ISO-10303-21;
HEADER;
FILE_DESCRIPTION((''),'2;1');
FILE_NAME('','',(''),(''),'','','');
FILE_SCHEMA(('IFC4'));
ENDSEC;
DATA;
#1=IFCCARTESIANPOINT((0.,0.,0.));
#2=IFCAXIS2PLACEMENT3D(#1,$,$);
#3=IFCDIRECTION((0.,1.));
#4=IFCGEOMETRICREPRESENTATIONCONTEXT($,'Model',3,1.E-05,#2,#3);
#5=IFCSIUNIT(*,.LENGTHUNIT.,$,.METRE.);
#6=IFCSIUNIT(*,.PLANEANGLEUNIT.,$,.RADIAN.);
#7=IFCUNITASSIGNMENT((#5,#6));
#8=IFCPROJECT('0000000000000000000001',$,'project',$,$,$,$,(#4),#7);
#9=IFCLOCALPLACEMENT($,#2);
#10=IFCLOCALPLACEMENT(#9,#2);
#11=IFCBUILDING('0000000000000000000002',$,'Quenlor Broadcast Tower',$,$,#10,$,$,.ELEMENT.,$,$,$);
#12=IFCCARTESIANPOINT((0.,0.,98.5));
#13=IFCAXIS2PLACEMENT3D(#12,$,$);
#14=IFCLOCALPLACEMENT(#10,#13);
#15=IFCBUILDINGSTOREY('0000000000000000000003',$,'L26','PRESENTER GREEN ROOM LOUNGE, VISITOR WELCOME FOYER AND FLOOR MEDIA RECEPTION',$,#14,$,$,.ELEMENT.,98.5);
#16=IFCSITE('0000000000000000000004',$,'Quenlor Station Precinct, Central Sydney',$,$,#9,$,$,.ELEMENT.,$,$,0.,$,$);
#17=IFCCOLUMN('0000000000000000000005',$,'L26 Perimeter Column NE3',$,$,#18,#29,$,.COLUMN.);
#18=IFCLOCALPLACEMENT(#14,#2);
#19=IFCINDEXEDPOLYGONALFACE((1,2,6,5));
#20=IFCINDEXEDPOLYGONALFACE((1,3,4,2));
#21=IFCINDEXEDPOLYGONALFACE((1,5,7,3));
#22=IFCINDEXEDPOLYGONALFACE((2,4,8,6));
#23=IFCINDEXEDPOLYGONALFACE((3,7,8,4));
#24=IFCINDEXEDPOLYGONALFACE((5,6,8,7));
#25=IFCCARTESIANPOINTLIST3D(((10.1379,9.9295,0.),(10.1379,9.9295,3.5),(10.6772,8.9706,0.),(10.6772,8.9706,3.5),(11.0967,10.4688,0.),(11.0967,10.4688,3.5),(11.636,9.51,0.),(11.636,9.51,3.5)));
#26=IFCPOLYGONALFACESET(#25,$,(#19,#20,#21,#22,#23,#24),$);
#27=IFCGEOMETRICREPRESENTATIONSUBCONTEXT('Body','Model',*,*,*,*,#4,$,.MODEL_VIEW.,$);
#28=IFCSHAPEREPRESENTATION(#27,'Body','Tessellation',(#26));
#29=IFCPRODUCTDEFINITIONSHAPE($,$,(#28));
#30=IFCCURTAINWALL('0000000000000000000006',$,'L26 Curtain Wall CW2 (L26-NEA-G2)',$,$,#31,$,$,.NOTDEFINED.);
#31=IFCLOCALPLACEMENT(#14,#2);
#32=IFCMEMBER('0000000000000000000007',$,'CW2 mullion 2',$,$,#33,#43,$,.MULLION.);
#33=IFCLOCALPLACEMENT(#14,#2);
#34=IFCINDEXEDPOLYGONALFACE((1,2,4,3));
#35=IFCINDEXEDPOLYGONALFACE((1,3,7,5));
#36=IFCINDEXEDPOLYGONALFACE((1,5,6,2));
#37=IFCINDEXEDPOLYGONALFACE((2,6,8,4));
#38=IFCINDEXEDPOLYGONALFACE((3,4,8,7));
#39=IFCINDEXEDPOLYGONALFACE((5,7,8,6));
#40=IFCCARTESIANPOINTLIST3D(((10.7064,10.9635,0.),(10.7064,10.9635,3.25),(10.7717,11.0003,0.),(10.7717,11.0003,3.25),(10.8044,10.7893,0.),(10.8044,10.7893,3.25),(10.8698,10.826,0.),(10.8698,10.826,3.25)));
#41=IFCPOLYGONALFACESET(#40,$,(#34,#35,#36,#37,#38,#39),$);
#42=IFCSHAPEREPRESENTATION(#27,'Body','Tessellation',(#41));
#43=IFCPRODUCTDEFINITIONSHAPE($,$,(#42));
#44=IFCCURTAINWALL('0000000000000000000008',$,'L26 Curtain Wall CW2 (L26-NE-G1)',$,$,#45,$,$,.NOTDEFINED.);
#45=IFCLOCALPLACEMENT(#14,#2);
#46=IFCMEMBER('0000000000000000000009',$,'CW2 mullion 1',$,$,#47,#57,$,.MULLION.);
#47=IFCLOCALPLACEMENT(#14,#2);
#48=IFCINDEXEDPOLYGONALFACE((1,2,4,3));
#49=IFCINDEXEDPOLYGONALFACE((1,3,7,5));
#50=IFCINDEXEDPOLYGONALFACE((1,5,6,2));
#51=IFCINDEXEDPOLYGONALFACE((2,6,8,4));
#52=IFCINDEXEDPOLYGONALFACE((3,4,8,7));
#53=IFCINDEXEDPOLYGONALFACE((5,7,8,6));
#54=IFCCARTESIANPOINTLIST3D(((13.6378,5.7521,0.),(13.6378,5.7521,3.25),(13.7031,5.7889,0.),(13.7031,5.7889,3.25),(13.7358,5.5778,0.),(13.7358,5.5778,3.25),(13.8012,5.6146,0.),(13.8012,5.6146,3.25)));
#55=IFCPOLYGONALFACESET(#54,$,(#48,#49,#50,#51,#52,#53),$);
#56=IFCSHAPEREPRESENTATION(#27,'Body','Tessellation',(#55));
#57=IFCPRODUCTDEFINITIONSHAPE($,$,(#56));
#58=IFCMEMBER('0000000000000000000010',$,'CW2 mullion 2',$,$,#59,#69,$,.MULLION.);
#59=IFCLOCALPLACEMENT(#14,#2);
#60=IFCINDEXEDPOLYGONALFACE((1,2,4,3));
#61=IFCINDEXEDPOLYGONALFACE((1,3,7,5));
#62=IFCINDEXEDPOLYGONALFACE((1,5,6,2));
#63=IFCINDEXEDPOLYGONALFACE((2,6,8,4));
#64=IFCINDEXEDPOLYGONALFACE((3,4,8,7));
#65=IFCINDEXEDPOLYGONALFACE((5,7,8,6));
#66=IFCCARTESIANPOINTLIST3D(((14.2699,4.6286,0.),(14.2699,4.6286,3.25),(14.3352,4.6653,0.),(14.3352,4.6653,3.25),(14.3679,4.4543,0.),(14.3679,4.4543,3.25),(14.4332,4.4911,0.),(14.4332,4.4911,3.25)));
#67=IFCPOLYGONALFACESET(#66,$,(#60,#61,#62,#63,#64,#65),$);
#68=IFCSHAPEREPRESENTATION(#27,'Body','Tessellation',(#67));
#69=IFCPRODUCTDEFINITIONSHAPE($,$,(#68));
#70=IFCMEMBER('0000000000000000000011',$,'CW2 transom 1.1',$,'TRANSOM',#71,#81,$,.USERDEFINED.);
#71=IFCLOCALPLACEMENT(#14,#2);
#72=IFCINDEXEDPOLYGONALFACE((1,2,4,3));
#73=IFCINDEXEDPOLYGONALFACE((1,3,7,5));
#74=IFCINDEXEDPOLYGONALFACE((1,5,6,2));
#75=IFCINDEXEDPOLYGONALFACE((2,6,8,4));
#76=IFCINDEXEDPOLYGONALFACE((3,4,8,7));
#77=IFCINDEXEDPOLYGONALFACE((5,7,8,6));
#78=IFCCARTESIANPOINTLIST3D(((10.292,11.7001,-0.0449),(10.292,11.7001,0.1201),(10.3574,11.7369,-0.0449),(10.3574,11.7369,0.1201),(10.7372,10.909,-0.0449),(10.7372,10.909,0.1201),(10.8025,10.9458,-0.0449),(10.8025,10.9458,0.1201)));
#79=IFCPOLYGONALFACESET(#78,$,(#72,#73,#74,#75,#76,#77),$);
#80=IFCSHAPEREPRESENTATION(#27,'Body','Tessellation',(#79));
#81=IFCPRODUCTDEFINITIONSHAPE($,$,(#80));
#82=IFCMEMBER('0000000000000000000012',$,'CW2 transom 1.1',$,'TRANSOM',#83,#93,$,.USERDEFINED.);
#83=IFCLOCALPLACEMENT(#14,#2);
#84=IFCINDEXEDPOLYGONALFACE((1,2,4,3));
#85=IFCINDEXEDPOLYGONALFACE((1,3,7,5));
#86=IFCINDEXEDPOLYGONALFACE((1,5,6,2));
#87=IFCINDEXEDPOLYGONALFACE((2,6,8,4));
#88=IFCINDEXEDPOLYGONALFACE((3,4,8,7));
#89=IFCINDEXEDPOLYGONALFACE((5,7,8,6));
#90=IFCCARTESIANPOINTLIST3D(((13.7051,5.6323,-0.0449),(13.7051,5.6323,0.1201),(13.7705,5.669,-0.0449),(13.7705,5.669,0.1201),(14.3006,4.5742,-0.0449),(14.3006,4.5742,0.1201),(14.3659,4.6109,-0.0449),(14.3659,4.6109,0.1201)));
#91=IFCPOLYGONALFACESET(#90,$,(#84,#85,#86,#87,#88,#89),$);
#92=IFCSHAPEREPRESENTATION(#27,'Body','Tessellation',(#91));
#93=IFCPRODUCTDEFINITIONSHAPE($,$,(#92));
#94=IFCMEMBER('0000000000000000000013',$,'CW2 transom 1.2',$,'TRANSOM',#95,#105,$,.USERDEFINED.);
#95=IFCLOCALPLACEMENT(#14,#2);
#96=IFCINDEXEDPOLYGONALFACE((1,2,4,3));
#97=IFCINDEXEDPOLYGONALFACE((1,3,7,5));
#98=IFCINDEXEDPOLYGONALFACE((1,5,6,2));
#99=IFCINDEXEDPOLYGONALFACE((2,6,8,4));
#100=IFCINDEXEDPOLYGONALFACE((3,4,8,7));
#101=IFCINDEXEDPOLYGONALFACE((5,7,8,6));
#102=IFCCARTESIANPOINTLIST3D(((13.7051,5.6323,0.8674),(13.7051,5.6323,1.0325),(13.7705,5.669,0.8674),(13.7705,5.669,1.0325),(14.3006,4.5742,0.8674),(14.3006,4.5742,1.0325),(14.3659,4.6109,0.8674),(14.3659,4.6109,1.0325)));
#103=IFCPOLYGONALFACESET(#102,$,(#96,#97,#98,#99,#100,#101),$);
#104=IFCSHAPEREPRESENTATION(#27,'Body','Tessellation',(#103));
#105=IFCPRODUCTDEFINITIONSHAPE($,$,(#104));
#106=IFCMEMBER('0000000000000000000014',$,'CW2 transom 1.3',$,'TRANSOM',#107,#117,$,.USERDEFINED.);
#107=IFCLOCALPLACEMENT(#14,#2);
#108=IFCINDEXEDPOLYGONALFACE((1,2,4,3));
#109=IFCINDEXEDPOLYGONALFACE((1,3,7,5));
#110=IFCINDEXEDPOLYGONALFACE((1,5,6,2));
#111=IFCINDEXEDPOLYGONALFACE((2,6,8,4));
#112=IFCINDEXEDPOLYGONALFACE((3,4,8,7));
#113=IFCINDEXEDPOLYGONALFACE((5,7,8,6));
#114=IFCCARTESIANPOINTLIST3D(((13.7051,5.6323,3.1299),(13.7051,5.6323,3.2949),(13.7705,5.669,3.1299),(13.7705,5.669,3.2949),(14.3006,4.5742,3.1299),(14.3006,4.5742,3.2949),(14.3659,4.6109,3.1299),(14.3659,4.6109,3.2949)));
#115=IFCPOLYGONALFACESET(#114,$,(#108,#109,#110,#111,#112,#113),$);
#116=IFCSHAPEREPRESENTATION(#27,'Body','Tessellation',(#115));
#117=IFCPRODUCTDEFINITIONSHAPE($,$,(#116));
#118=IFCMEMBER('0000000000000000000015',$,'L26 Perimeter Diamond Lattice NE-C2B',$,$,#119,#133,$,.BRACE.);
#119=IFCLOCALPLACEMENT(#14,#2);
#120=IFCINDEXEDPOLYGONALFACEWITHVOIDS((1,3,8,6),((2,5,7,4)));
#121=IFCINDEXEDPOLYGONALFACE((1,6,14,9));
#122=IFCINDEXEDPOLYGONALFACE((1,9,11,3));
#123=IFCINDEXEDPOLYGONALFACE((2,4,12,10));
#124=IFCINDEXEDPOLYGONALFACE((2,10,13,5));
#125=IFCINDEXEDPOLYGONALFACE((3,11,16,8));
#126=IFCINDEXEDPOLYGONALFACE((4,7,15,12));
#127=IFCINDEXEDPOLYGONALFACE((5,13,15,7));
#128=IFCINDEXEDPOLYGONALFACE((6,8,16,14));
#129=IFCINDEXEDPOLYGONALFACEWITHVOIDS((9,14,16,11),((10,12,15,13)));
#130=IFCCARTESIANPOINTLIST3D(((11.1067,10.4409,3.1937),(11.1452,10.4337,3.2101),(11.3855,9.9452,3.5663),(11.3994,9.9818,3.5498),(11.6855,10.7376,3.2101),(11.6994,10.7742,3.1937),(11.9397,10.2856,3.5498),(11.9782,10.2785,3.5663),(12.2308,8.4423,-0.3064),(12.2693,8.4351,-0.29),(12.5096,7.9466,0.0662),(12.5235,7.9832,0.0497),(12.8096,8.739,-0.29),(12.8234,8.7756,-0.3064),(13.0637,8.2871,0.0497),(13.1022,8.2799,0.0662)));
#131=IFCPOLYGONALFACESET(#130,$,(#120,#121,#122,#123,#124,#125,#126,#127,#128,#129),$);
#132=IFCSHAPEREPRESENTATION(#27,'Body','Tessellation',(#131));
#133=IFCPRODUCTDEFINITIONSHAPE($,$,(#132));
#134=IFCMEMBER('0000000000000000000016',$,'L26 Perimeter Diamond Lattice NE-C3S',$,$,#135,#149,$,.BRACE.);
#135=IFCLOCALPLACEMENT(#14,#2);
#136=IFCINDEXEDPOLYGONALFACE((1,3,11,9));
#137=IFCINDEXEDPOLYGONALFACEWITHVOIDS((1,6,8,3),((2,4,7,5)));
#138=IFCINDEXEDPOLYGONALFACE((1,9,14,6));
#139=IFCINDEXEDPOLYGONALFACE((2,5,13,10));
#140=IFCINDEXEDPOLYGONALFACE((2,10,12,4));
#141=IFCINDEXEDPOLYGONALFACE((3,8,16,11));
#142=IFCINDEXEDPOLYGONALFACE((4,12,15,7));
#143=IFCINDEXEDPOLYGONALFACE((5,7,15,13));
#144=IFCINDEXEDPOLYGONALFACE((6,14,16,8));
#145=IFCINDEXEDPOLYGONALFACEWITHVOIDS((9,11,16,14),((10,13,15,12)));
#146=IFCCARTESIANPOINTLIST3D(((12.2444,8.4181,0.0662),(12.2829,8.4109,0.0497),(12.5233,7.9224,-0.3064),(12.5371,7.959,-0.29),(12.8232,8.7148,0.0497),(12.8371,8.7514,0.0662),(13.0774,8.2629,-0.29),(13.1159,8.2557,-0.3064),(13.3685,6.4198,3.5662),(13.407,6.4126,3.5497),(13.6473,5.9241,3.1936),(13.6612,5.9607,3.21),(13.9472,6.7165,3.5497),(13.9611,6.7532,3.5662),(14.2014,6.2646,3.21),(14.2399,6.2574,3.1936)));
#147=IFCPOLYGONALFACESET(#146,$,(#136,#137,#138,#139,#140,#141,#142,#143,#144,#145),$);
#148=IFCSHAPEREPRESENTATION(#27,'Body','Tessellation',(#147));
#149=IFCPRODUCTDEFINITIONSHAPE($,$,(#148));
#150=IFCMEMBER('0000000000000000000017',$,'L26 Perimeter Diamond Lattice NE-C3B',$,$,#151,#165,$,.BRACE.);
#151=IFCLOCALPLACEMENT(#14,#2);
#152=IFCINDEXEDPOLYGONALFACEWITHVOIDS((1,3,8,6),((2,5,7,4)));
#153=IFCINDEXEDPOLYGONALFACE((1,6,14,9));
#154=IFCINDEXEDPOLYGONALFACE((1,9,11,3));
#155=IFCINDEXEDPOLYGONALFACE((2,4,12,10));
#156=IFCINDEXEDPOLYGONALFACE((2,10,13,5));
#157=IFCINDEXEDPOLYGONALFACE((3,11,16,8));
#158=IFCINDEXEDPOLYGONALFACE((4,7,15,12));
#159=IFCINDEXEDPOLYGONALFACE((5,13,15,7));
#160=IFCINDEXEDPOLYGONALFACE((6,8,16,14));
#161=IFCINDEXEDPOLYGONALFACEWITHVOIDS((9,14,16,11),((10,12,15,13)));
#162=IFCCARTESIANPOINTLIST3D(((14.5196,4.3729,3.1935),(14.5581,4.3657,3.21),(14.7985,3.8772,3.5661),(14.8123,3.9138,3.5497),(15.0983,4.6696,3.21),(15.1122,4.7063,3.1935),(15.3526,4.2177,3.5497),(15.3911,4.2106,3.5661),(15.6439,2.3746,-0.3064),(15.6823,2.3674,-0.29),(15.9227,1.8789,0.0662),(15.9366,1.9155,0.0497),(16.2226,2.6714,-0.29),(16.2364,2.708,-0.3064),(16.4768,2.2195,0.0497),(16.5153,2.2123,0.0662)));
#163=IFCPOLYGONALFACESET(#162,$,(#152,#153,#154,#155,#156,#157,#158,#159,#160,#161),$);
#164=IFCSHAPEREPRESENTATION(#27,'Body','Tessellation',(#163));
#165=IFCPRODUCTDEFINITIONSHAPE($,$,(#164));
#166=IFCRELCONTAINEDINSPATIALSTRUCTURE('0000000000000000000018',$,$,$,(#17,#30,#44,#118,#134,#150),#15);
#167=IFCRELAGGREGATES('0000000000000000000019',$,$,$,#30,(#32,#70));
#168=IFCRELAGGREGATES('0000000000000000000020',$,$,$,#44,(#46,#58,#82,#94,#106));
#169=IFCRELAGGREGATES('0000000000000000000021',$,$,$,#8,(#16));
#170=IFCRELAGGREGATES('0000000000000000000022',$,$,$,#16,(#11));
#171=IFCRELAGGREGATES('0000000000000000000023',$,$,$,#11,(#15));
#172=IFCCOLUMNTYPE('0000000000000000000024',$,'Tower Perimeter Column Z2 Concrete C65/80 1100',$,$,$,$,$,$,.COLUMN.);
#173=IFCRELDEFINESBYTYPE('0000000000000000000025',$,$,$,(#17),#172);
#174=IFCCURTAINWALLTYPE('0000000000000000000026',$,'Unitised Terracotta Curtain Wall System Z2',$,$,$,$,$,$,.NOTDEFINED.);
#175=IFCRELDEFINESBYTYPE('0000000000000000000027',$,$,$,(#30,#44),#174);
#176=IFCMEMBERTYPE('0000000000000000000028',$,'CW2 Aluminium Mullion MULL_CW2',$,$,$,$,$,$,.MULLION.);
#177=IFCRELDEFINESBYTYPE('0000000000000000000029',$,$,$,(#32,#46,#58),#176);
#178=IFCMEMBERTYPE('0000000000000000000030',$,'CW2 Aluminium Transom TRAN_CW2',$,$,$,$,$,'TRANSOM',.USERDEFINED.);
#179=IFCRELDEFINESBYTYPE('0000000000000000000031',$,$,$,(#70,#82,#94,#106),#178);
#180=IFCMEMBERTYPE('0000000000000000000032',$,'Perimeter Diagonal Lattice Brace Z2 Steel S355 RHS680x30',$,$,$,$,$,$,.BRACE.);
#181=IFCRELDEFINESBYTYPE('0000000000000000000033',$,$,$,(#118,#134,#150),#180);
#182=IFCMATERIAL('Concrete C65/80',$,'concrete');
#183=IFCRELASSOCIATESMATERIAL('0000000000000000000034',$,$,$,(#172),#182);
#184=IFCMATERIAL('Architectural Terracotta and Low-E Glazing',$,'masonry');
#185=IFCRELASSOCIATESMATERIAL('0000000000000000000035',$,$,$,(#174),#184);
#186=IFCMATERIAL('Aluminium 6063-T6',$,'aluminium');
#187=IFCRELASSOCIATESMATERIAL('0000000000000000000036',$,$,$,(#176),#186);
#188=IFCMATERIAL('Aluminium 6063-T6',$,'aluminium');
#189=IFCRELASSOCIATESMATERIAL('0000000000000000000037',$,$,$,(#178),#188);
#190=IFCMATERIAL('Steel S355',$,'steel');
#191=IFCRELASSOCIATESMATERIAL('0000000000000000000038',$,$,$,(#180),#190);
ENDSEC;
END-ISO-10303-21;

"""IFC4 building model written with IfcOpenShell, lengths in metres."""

from ifc_helpers import new_model, si_unit, direction, frame, origin, origin_2d, place, context, subcontext, project, spatial, rectangle, hollow_rectangle, extrude, material, material_profile, profile_set, type_object, element, aggregate, save


model = new_model("IFC4")

# Units and contexts
model_context = context("Model", 3, precision=1e-05, world=origin(), true_north=direction((0.0, 1.0)))
body_context = subcontext(model_context, "Body", "Model", "MODEL_VIEW")
ifc_project = project(units=[si_unit("LENGTHUNIT", "METRE"), si_unit("PLANEANGLEUNIT", "RADIAN")], contexts=[model_context])

# Site, building, storey
site_placement = place(None, origin())
site = spatial("IfcSite", under=ifc_project, at=site_placement, Name="Quenlor Station Precinct, Central Sydney", CompositionType="ELEMENT", RefElevation=0.0)
building_placement = place(site_placement, origin())
building = spatial("IfcBuilding", under=site, at=building_placement, Name="Quenlor Broadcast Tower", CompositionType="ELEMENT")
storey_placement = place(building_placement, frame((0.0, 0.0, 98.5)))
storey = spatial("IfcBuildingStorey", under=building, at=storey_placement, Name="L26", Description="PRESENTER GREEN ROOM LOUNGE, VISITOR WELCOME FOYER AND FLOOR MEDIA RECEPTION", CompositionType="ELEMENT", Elevation=98.5)

# Column
ifc_material_1 = material(Name="Concrete C65/80", Category="concrete")
ifc_material_profile_1 = material_profile(ifc_material_1, rectangle(XDim=1.1001, YDim=1.1001, at=origin_2d()))
ifc_profile_set_1 = profile_set([ifc_material_profile_1], Name="Concrete C65/80 RC1100x1100")
column_type = type_object("IfcColumnType", Name="Tower Perimeter Column Z2 Concrete C65/80 1100", PredefinedType="COLUMN", material=ifc_profile_set_1)
column_placement = place(storey_placement, frame((10.887, 9.7197, 0.0), z_axis=(0.0, 0.0, 1.0), x_axis=(0.871575, 0.490262, 0.0)))
element("IfcColumn", 1, at=column_placement, inside=storey, type_object=column_type, Name="L26 Perimeter Column NE3", PredefinedType="COLUMN", context=body_context, shape_type="SweptSolid", body=[
    extrude(rectangle(XDim=1.1001, YDim=1.1001, at=origin_2d()), origin(), (0.0, 0.0, 1.0), 3.5),
])

# Curtain wall, member
ifc_material_2 = material(Name="Architectural Terracotta and Low-E Glazing", Category="masonry")
curtain_wall_type = type_object("IfcCurtainWallType", Name="Unitised Terracotta Curtain Wall System Z2", PredefinedType="NOTDEFINED", material=ifc_material_2)
curtain_wall_1_placement = place(storey_placement, origin())
curtain_wall_1 = element("IfcCurtainWall", 2, at=curtain_wall_1_placement, inside=storey, type_object=curtain_wall_type, Name="L26 Curtain Wall CW2 (L26-NEA-G2)", PredefinedType="NOTDEFINED")
ifc_material_3 = material(Name="Aluminium 6063-T6", Category="aluminium")
ifc_material_profile_2 = material_profile(ifc_material_3, rectangle(XDim=0.075, YDim=0.2, at=origin_2d()))
ifc_profile_set_2 = profile_set([ifc_material_profile_2], Name="Aluminium 6063-T6 MULL75x200")
member_type_1 = type_object("IfcMemberType", Name="CW2 Aluminium Mullion MULL_CW2", PredefinedType="MULLION", material=ifc_profile_set_2)
member_1_placement = place(storey_placement, frame((10.7881, 10.8948, 0.0), z_axis=(0.0, 0.0, 1.0), x_axis=(0.871581, 0.490252, 0.0)))
member_1 = element("IfcMember", 3, at=member_1_placement, type_object=member_type_1, Name="CW2 mullion 2", PredefinedType="MULLION", context=body_context, shape_type="SweptSolid", body=[
    extrude(rectangle(XDim=0.075, YDim=0.2, at=origin_2d()), origin(), (0.0, 0.0, 1.0), 3.25),
])

# Curtain wall, members
curtain_wall_2_placement = place(storey_placement, origin())
curtain_wall_2 = element("IfcCurtainWall", 4, at=curtain_wall_2_placement, inside=storey, type_object=curtain_wall_type, Name="L26 Curtain Wall CW2 (L26-NE-G1)", PredefinedType="NOTDEFINED")
member_2_placement = place(storey_placement, frame((13.7195, 5.6833, 0.0), z_axis=(0.0, 0.0, 1.0), x_axis=(0.871579, 0.490254, 0.0)))
member_2 = element("IfcMember", 5, at=member_2_placement, type_object=member_type_1, Name="CW2 mullion 1", PredefinedType="MULLION", context=body_context, shape_type="SweptSolid", body=[
    extrude(rectangle(XDim=0.075, YDim=0.2, at=origin_2d()), origin(), (0.0, 0.0, 1.0), 3.25),
])
member_3_placement = place(storey_placement, frame((14.3516, 4.5598, 0.0), z_axis=(0.0, 0.0, 1.0), x_axis=(0.871579, 0.490254, 0.0)))
member_3 = element("IfcMember", 6, at=member_3_placement, type_object=member_type_1, Name="CW2 mullion 2", PredefinedType="MULLION", context=body_context, shape_type="SweptSolid", body=[
    extrude(rectangle(XDim=0.075, YDim=0.2, at=origin_2d()), origin(), (0.0, 0.0, 1.0), 3.25),
])

# Members
ifc_material_4 = material(Name="Aluminium 6063-T6", Category="aluminium")
ifc_material_profile_3 = material_profile(ifc_material_4, rectangle(XDim=0.075, YDim=0.165, at=origin_2d()))
ifc_profile_set_3 = profile_set([ifc_material_profile_3], Name="Aluminium 6063-T6 TRAN75x165")
member_type_2 = type_object("IfcMemberType", Name="CW2 Aluminium Transom TRAN_CW2", ElementType="TRANSOM", PredefinedType="USERDEFINED", material=ifc_profile_set_3)
member_4_placement = place(storey_placement, frame((10.3247, 11.7185, 0.0376), z_axis=(0.490363, -0.871518, 0.0), x_axis=(0.871518, 0.490363, 0.0)))
member_4 = element("IfcMember", 7, at=member_4_placement, type_object=member_type_2, Name="CW2 transom 1.1", ObjectType="TRANSOM", PredefinedType="USERDEFINED", context=body_context, shape_type="SweptSolid", body=[
    extrude(rectangle(XDim=0.075, YDim=0.165, at=origin_2d()), origin(), (0.0, 0.0, 1.0), 0.9077),
])
member_5_placement = place(storey_placement, frame((13.7378, 5.6506, 0.0376), z_axis=(0.490433, -0.871479, 0.0), x_axis=(0.871479, 0.490433, 0.0)))
member_5 = element("IfcMember", 8, at=member_5_placement, type_object=member_type_2, Name="CW2 transom 1.1", ObjectType="TRANSOM", PredefinedType="USERDEFINED", context=body_context, shape_type="SweptSolid", body=[
    extrude(rectangle(XDim=0.075, YDim=0.165, at=origin_2d()), origin(), (0.0, 0.0, 1.0), 1.2141),
])
member_6_placement = place(storey_placement, frame((13.7378, 5.6506, 0.95), z_axis=(0.490433, -0.871479, 0.0), x_axis=(0.871479, 0.490433, 0.0)))
member_6 = element("IfcMember", 9, at=member_6_placement, type_object=member_type_2, Name="CW2 transom 1.2", ObjectType="TRANSOM", PredefinedType="USERDEFINED", context=body_context, shape_type="SweptSolid", body=[
    extrude(rectangle(XDim=0.075, YDim=0.165, at=origin_2d()), origin(), (0.0, 0.0, 1.0), 1.2141),
])
member_7_placement = place(storey_placement, frame((13.7378, 5.6506, 3.2124), z_axis=(0.490433, -0.871479, 0.0), x_axis=(0.871479, 0.490433, 0.0)))
member_7 = element("IfcMember", 10, at=member_7_placement, type_object=member_type_2, Name="CW2 transom 1.3", ObjectType="TRANSOM", PredefinedType="USERDEFINED", context=body_context, shape_type="SweptSolid", body=[
    extrude(rectangle(XDim=0.075, YDim=0.165, at=origin_2d()), origin(), (0.0, 0.0, 1.0), 1.2141),
])

# Members
ifc_material_5 = material(Name="Steel S355", Category="steel")
ifc_material_profile_4 = material_profile(ifc_material_5, hollow_rectangle(XDim=0.6799, YDim=0.6799, WallThickness=0.03, at=origin_2d()))
ifc_profile_set_4 = profile_set([ifc_material_profile_4], Name="Steel S355 RHS680x680x30")
member_type_3 = type_object("IfcMemberType", Name="Perimeter Diagonal Lattice Brace Z2 Steel S355 RHS680x30", PredefinedType="BRACE", material=ifc_profile_set_4)
member_8_placement = place(storey_placement, frame((12.6665, 8.3611, -0.1201), z_axis=(-0.268635, 0.477638, 0.836479), x_axis=(-0.871604, -0.490211, 0.0)))
element("IfcMember", 11, at=member_8_placement, inside=storey, type_object=member_type_3, Name="L26 Perimeter Diamond Lattice NE-C2B", PredefinedType="BRACE", context=body_context, shape_type="SweptSolid", body=[
    extrude(hollow_rectangle(XDim=0.6799, YDim=0.6799, WallThickness=0.03, at=origin_2d()), origin(), (0.0, 0.0, 1.0), 4.1843),
])
for number, where, z_axis, x_axis, name in (
    (12, (12.6802, 8.3369, -0.1201), (0.268642, -0.477593, 0.836502), (0.871578, 0.490256, 0.0), "L26 Perimeter Diamond Lattice NE-C3S"),
    (13, (16.0796, 2.2935, -0.1201), (-0.268697, 0.477585, 0.836489), (-0.871533, -0.490337, 0.0), "L26 Perimeter Diamond Lattice NE-C3B"),
):
    element("IfcMember", number, at=place(storey_placement, frame(where, z_axis=z_axis, x_axis=x_axis)), inside=storey, type_object=member_type_3, Name=name, PredefinedType="BRACE", context=body_context, shape_type="SweptSolid", body=[
        extrude(hollow_rectangle(XDim=0.6799, YDim=0.6799, WallThickness=0.03, at=origin_2d()), origin(), (0.0, 0.0, 1.0), 4.1841),
    ])

aggregate(curtain_wall_1, [member_1, member_4])
aggregate(curtain_wall_2, [member_2, member_3, member_5, member_6, member_7])

save(model, "model.ifc")
